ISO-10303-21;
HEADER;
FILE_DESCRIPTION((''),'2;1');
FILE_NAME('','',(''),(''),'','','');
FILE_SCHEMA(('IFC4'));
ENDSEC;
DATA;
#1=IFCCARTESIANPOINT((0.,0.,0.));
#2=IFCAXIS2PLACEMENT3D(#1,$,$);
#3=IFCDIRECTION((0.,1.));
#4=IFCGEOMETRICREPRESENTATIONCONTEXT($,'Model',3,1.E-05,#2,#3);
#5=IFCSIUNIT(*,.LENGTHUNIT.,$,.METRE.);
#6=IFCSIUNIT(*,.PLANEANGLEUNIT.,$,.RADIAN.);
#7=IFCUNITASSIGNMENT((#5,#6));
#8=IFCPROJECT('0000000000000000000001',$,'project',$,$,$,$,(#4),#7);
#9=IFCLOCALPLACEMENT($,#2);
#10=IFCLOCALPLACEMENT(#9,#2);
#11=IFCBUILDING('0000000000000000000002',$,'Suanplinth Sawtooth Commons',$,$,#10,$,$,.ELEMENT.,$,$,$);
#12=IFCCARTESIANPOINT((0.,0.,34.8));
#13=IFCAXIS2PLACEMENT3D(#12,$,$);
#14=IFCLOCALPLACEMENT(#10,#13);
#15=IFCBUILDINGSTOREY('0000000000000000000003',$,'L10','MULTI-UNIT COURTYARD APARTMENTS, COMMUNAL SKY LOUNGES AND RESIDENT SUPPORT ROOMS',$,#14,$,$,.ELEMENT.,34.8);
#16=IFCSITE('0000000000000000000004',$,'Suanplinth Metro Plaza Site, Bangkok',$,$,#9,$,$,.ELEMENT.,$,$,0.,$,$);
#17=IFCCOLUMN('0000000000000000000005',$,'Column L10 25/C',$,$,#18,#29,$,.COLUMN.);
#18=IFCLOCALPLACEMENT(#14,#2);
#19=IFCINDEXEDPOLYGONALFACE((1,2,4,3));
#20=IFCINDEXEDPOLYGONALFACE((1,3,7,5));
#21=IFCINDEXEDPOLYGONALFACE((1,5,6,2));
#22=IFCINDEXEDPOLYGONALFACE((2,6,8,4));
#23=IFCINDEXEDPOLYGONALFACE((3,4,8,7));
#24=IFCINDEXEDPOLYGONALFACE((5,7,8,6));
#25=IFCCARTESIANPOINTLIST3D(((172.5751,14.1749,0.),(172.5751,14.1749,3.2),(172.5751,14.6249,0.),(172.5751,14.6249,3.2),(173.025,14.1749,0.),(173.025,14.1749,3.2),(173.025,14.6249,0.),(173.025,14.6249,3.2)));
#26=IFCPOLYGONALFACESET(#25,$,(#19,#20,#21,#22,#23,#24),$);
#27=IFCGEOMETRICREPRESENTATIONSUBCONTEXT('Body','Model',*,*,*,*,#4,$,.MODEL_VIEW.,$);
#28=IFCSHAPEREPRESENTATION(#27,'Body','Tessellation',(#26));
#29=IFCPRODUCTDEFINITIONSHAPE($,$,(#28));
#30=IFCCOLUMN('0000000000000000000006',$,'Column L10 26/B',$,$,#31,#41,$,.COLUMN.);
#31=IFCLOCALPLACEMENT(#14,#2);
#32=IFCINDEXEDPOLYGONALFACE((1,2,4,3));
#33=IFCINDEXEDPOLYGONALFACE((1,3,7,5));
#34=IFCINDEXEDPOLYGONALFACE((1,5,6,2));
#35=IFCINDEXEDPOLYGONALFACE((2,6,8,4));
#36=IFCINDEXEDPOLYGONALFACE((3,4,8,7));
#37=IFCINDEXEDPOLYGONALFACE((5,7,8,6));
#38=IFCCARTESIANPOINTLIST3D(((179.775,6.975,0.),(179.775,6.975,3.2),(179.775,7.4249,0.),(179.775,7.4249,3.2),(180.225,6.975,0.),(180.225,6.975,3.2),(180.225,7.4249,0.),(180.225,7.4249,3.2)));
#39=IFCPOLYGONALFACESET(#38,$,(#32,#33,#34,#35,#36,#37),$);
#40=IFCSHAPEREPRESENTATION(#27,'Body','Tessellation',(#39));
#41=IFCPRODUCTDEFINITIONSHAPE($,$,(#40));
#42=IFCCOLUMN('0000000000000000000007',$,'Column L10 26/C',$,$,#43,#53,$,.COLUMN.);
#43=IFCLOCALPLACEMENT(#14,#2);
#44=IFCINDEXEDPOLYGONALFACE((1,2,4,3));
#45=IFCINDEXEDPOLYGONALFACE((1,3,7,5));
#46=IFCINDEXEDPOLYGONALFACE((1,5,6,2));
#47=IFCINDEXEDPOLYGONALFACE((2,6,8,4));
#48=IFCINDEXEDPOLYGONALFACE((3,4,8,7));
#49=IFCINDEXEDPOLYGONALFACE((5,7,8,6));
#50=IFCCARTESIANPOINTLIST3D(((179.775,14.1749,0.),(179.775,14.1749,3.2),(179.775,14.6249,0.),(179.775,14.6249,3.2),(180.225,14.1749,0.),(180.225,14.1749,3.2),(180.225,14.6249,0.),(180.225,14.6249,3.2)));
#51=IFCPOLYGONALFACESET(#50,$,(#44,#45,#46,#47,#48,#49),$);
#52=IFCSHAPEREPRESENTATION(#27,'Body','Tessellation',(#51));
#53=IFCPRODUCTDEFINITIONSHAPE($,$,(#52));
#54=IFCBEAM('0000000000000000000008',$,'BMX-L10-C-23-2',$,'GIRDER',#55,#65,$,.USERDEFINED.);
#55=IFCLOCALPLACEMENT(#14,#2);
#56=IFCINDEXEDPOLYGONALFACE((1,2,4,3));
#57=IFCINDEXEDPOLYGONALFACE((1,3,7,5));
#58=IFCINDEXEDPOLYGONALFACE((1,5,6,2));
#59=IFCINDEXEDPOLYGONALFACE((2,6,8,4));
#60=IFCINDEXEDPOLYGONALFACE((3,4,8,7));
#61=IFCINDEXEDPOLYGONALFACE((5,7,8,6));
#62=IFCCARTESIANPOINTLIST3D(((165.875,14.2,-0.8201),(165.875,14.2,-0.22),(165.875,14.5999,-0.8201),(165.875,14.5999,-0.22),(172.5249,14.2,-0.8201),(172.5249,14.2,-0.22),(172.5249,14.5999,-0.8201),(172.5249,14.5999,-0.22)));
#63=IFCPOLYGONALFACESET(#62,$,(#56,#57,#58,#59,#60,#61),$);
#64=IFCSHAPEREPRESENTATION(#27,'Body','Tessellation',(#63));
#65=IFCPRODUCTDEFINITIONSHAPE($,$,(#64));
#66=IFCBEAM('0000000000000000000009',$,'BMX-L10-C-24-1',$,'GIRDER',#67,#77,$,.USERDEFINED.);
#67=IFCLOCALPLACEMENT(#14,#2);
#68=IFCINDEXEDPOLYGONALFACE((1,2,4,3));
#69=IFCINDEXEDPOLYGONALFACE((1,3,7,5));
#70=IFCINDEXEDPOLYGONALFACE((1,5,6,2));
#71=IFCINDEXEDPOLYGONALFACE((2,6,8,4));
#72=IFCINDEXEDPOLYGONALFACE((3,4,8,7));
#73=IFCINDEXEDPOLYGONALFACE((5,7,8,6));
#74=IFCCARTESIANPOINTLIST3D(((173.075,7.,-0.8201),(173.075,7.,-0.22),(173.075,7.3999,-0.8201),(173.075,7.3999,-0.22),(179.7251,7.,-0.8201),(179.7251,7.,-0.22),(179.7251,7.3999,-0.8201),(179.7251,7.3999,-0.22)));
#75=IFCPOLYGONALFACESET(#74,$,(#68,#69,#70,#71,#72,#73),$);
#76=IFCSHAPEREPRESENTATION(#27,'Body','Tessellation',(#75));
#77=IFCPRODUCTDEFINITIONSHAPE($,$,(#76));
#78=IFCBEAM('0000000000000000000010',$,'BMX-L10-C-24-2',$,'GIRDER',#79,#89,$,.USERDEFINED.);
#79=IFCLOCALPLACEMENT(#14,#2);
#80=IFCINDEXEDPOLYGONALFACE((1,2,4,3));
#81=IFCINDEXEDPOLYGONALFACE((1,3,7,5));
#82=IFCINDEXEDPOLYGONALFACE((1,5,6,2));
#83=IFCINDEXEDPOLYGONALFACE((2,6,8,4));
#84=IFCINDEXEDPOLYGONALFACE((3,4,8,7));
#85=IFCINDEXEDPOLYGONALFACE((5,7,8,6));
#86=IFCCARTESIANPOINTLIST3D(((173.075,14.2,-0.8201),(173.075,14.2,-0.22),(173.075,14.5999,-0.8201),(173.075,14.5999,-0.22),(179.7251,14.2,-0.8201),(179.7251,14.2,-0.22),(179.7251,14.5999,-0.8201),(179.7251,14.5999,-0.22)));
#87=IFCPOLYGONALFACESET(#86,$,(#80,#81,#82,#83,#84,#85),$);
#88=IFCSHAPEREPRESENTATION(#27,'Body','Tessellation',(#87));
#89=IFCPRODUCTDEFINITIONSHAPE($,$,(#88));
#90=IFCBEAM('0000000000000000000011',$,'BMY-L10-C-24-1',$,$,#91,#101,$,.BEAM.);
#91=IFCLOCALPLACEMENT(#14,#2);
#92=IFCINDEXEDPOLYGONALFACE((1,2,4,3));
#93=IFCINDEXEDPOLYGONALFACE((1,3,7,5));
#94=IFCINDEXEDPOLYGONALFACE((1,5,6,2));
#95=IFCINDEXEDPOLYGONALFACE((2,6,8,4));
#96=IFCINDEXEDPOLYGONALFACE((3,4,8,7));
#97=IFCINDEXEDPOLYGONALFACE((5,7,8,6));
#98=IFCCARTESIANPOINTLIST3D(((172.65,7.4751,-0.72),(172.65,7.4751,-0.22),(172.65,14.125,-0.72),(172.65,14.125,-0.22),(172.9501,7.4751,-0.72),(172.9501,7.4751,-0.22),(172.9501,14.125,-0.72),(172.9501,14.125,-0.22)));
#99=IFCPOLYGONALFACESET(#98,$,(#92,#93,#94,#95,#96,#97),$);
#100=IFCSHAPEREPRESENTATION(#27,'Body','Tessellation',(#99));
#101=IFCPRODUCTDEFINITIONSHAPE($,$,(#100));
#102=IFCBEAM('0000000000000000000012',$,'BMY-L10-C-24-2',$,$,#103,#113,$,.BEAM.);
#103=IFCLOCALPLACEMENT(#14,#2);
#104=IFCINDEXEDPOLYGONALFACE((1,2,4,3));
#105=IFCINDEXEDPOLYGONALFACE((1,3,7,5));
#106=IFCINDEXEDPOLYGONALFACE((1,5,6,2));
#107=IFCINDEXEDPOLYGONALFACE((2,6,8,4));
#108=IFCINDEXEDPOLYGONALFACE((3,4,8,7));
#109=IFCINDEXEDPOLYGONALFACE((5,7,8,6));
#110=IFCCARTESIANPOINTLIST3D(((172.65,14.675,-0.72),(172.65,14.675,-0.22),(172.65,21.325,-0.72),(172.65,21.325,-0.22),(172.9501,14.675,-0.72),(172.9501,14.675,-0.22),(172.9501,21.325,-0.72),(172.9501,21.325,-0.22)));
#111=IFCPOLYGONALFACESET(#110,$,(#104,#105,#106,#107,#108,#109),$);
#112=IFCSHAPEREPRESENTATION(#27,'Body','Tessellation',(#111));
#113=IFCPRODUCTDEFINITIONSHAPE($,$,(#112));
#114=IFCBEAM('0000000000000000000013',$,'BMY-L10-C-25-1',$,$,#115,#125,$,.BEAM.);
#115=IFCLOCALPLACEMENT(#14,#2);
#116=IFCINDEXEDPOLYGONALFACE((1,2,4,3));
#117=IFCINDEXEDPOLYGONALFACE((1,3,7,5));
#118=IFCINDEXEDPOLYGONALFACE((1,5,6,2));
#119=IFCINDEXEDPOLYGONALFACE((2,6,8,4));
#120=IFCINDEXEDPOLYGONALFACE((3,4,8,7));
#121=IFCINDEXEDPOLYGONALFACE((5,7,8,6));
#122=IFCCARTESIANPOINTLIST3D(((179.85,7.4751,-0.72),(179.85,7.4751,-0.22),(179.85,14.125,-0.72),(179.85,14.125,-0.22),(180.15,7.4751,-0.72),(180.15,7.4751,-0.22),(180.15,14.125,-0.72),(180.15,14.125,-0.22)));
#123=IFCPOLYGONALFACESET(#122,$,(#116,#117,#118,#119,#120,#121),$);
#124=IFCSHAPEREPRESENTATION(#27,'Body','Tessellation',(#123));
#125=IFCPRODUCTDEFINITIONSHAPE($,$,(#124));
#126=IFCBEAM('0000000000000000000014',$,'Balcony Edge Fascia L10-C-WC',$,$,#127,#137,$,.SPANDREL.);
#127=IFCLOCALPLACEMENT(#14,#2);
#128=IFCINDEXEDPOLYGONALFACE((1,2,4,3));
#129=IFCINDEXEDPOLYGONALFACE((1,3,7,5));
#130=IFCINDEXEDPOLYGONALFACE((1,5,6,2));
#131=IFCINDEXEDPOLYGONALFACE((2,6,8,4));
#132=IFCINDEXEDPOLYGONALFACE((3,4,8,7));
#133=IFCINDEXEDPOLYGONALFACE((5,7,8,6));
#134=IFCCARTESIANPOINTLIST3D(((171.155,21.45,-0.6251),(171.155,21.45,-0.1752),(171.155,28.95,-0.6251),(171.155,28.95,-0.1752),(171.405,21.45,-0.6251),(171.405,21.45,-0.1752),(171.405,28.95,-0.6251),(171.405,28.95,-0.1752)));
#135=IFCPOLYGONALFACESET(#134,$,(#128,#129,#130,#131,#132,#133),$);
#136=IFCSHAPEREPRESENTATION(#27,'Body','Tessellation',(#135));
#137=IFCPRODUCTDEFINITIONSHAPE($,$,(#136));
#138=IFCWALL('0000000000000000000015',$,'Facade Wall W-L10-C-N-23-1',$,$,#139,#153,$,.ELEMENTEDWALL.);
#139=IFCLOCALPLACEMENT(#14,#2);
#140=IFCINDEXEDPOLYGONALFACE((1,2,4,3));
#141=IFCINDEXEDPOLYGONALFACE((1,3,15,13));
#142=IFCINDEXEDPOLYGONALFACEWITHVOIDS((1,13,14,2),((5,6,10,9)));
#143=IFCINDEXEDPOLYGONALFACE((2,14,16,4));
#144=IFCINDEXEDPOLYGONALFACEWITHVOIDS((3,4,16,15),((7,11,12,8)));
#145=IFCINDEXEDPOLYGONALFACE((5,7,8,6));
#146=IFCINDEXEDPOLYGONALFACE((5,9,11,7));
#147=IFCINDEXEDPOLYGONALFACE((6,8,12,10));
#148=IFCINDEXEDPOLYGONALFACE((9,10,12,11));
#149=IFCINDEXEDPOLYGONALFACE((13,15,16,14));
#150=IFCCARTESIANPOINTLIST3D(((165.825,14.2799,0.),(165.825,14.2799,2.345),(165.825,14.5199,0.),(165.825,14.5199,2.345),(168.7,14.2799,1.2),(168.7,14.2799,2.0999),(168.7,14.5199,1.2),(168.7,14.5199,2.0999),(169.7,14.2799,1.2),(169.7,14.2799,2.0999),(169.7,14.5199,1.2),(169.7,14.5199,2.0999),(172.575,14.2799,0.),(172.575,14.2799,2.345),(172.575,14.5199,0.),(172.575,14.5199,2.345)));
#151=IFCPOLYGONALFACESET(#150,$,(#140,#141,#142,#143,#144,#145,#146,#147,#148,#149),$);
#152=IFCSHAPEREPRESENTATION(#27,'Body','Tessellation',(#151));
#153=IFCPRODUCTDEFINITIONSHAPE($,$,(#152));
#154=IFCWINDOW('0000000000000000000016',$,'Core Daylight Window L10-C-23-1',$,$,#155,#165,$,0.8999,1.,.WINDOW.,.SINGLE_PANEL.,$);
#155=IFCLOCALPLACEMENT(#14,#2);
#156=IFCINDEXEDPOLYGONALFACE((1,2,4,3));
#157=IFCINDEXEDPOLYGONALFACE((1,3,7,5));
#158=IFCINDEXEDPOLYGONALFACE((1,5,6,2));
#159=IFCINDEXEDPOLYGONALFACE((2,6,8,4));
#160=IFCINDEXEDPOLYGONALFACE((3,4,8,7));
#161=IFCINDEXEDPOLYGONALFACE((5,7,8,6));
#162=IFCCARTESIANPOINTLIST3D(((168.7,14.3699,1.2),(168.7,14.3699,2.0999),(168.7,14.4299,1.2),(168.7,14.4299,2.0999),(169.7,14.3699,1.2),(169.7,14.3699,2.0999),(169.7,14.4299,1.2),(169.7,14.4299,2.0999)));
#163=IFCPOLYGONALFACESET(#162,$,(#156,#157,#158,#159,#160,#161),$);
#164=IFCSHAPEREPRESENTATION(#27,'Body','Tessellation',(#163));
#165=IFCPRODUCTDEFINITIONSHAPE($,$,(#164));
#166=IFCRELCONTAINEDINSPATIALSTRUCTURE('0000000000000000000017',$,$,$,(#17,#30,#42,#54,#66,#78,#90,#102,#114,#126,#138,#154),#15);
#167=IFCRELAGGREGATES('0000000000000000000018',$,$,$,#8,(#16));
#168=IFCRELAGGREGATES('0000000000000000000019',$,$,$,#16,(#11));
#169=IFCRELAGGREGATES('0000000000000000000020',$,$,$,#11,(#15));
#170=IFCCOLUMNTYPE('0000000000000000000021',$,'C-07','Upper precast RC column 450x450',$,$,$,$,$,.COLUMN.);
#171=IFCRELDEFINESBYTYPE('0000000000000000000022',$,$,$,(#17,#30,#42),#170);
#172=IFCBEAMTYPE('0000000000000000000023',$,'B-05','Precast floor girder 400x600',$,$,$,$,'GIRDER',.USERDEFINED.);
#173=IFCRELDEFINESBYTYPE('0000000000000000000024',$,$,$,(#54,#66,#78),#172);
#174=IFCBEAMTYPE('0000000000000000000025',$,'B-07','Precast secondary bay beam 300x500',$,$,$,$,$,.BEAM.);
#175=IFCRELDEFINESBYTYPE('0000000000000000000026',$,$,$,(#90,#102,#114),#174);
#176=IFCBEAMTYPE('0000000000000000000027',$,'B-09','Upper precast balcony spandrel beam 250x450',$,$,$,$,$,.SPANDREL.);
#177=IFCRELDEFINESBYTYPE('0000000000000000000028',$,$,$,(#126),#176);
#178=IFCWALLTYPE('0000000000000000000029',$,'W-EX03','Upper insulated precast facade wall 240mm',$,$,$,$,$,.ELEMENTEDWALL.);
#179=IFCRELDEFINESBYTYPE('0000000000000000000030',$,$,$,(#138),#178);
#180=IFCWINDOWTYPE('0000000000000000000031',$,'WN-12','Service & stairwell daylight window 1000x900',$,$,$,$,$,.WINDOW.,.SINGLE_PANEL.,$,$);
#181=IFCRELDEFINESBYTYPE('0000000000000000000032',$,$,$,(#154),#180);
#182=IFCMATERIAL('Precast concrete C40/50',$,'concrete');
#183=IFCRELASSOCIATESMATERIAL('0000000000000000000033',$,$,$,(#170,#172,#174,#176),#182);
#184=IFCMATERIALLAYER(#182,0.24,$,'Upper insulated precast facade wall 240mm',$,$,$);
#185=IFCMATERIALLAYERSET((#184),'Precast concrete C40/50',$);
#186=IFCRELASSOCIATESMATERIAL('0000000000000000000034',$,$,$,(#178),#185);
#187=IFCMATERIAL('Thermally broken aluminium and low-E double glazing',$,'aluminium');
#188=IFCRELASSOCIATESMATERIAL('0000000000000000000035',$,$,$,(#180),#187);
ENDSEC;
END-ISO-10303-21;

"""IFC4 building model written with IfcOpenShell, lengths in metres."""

from ifc_helpers import new_model, si_unit, direction, frame, frame_2d, origin, origin_2d, place, context, subcontext, project, spatial, rectangle, extrude, material, layer, layer_set, material_profile, profile_set, type_object, element, fill, save


model = new_model("IFC4")

# Units and contexts
model_context = context("Model", 3, precision=1e-05, world=origin(), true_north=direction((0.0, 1.0)))
body_context = subcontext(model_context, "Body", "Model", "MODEL_VIEW")
ifc_project = project(units=[si_unit("LENGTHUNIT", "METRE"), si_unit("PLANEANGLEUNIT", "RADIAN")], contexts=[model_context])

# Site, building, storey
site_placement = place(None, origin())
site = spatial("IfcSite", under=ifc_project, at=site_placement, Name="Suanplinth Metro Plaza Site, Bangkok", CompositionType="ELEMENT", RefElevation=0.0)
building_placement = place(site_placement, origin())
building = spatial("IfcBuilding", under=site, at=building_placement, Name="Suanplinth Sawtooth Commons", CompositionType="ELEMENT")
storey_placement = place(building_placement, frame((0.0, 0.0, 34.8)))
storey = spatial("IfcBuildingStorey", under=building, at=storey_placement, Name="L10", Description="MULTI-UNIT COURTYARD APARTMENTS, COMMUNAL SKY LOUNGES AND RESIDENT SUPPORT ROOMS", CompositionType="ELEMENT", Elevation=34.8)

# Columns
ifc_material_1 = material(Name="Precast concrete C40/50", Category="concrete")
ifc_material_profile_1 = material_profile(ifc_material_1, rectangle(XDim=0.45, YDim=0.45, at=origin_2d()), Name="PC-COL 450x450")
ifc_profile_set_1 = profile_set([ifc_material_profile_1], Name="Precast concrete C40/50")
column_type = type_object("IfcColumnType", Name="C-07", Description="Upper precast RC column 450x450", PredefinedType="COLUMN", material=ifc_profile_set_1)
for number, where, z_axis, x_axis, name in (
    (1, (172.8, 14.3999, 0.0), (0.0, 0.0, 1.0), (1.0, 0.0, 0.0), "Column L10 25/C"),
    (2, (180.0, 7.2, 0.0), (0.0, 0.0, 1.0), (1.0, 0.0, 0.0), "Column L10 26/B"),
    (3, (180.0, 14.3999, 0.0), (0.0, 0.0, 1.0), (1.0, 0.0, 0.0), "Column L10 26/C"),
):
    element("IfcColumn", number, at=place(storey_placement, frame(where, z_axis=z_axis, x_axis=x_axis)), inside=storey, type_object=column_type, Name=name, PredefinedType="COLUMN", context=body_context, shape_type="SweptSolid", body=[
        extrude(rectangle(XDim=0.45, YDim=0.45, at=origin_2d()), origin(), (0.0, 0.0, 1.0), 3.2),
    ])

# Beams
ifc_material_profile_2 = material_profile(ifc_material_1, rectangle(XDim=0.3999, YDim=0.6001, at=origin_2d()), Name="PC-GDR 400x600")
ifc_profile_set_2 = profile_set([ifc_material_profile_2], Name="Precast concrete C40/50")
beam_type_1 = type_object("IfcBeamType", Name="B-05", Description="Precast floor girder 400x600", ElementType="GIRDER", PredefinedType="USERDEFINED", material=ifc_profile_set_2)
beam_1_placement = place(storey_placement, frame((165.875, 14.3999, -0.52), z_axis=(1.0, 0.0, 0.0), x_axis=(0.0, 1.0, 0.0)))
element("IfcBeam", 4, at=beam_1_placement, inside=storey, type_object=beam_type_1, Name="BMX-L10-C-23-2", ObjectType="GIRDER", PredefinedType="USERDEFINED", context=body_context, shape_type="SweptSolid", body=[
    extrude(rectangle(XDim=0.3999, YDim=0.6001, at=origin_2d()), origin(), (0.0, 0.0, 1.0), 6.6499),
])
for number, where, z_axis, x_axis, name in (
    (5, (173.075, 7.2, -0.52), (1.0, 0.0, 0.0), (0.0, 1.0, 0.0), "BMX-L10-C-24-1"),
    (6, (173.075, 14.3999, -0.52), (1.0, 0.0, 0.0), (0.0, 1.0, 0.0), "BMX-L10-C-24-2"),
):
    element("IfcBeam", number, at=place(storey_placement, frame(where, z_axis=z_axis, x_axis=x_axis)), inside=storey, type_object=beam_type_1, Name=name, ObjectType="GIRDER", PredefinedType="USERDEFINED", context=body_context, shape_type="SweptSolid", body=[
        extrude(rectangle(XDim=0.3999, YDim=0.6001, at=origin_2d()), origin(), (0.0, 0.0, 1.0), 6.6501),
    ])
ifc_material_profile_3 = material_profile(ifc_material_1, rectangle(XDim=0.3, YDim=0.5, at=origin_2d()), Name="PC-BM 300x500")
ifc_profile_set_3 = profile_set([ifc_material_profile_3], Name="Precast concrete C40/50")
beam_type_2 = type_object("IfcBeamType", Name="B-07", Description="Precast secondary bay beam 300x500", PredefinedType="BEAM", material=ifc_profile_set_3)
for number, where, z_axis, x_axis, name in (
    (7, (172.8, 7.4751, -0.47), (0.0, 1.0, 0.0), (-1.0, 0.0, 0.0), "BMY-L10-C-24-1"),
    (8, (172.8, 14.675, -0.47), (0.0, 1.0, 0.0), (-1.0, 0.0, 0.0), "BMY-L10-C-24-2"),
    (9, (180.0, 7.4751, -0.47), (0.0, 1.0, 0.0), (-1.0, 0.0, 0.0), "BMY-L10-C-25-1"),
):
    element("IfcBeam", number, at=place(storey_placement, frame(where, z_axis=z_axis, x_axis=x_axis)), inside=storey, type_object=beam_type_2, Name=name, PredefinedType="BEAM", context=body_context, shape_type="SweptSolid", body=[
        extrude(rectangle(XDim=0.3, YDim=0.5, at=origin_2d()), origin(), (0.0, 0.0, 1.0), 6.6499),
    ])
ifc_material_profile_4 = material_profile(ifc_material_1, rectangle(XDim=0.25, YDim=0.45, at=origin_2d()), Name="PC-SP 250x450")
ifc_profile_set_4 = profile_set([ifc_material_profile_4], Name="Precast concrete C40/50")
beam_type_3 = type_object("IfcBeamType", Name="B-09", Description="Upper precast balcony spandrel beam 250x450", PredefinedType="SPANDREL", material=ifc_profile_set_4)
beam_2_placement = place(storey_placement, frame((171.28, 21.45, -0.4001), z_axis=(0.0, 1.0, 0.0), x_axis=(-1.0, 0.0, 0.0)))
element("IfcBeam", 10, at=beam_2_placement, inside=storey, type_object=beam_type_3, Name="Balcony Edge Fascia L10-C-WC", PredefinedType="SPANDREL", context=body_context, shape_type="SweptSolid", body=[
    extrude(rectangle(XDim=0.25, YDim=0.45, at=origin_2d()), origin(), (0.0, 0.0, 1.0), 7.5),
])

# Wall, opening, window
ifc_layer_1 = layer(ifc_material_1, 0.24, Name="Upper insulated precast facade wall 240mm")
ifc_layer_set_1 = layer_set([ifc_layer_1], Name="Precast concrete C40/50")
wall_type_1 = type_object("IfcWallType", Name="W-EX03", Description="Upper insulated precast facade wall 240mm", PredefinedType="ELEMENTEDWALL", material=ifc_layer_set_1)
wall_1_placement = place(storey_placement, frame((165.825, 14.3999, 0.0), z_axis=(0.0, 0.0, 1.0), x_axis=(1.0, 0.0, 0.0)))
wall_1 = element("IfcWall", 11, at=wall_1_placement, inside=storey, type_object=wall_type_1, Name="Facade Wall W-L10-C-N-23-1", PredefinedType="ELEMENTEDWALL", context=body_context, shape_type="SweptSolid", body=[
    extrude(rectangle(XDim=6.75, YDim=0.24, at=frame_2d((3.375, 0.0))), origin(), (0.0, 0.0, 1.0), 2.345),
])
opening_1_placement = place(wall_1_placement, frame((2.875, 0.0, 1.2)))
opening_1 = element("IfcOpeningElement", 12, at=opening_1_placement, cuts=wall_1, PredefinedType="OPENING", context=body_context, shape_type="SweptSolid", body=[
    extrude(rectangle(XDim=1.0, YDim=0.8999, at=frame_2d((0.5, 0.45))), frame((0.0, 0.1348, 0.0), z_axis=(0.0, -1.0, 0.0), x_axis=(1.0, 0.0, 0.0)), (0.0, 0.0, 1.0), 0.2698),
])
ifc_material_2 = material(Name="Thermally broken aluminium and low-E double glazing", Category="aluminium")
window_type = type_object("IfcWindowType", Name="WN-12", Description="Service & stairwell daylight window 1000x900", PartitioningType="SINGLE_PANEL", PredefinedType="WINDOW", material=ifc_material_2)
window_placement = place(opening_1_placement, origin())
window = element("IfcWindow", 13, at=window_placement, inside=storey, type_object=window_type, Name="Core Daylight Window L10-C-23-1", OverallHeight=0.8999, OverallWidth=1.0, PartitioningType="SINGLE_PANEL", PredefinedType="WINDOW", context=body_context, shape_type="SweptSolid", body=[
    extrude(rectangle(XDim=1.0, YDim=0.8999, at=frame_2d((0.5, 0.45))), frame((0.0, 0.03, 0.0), z_axis=(0.0, -1.0, 0.0), x_axis=(1.0, 0.0, 0.0)), (0.0, 0.0, 1.0), 0.0601),
])
fill(opening_1, window)

save(model, "model.ifc")
